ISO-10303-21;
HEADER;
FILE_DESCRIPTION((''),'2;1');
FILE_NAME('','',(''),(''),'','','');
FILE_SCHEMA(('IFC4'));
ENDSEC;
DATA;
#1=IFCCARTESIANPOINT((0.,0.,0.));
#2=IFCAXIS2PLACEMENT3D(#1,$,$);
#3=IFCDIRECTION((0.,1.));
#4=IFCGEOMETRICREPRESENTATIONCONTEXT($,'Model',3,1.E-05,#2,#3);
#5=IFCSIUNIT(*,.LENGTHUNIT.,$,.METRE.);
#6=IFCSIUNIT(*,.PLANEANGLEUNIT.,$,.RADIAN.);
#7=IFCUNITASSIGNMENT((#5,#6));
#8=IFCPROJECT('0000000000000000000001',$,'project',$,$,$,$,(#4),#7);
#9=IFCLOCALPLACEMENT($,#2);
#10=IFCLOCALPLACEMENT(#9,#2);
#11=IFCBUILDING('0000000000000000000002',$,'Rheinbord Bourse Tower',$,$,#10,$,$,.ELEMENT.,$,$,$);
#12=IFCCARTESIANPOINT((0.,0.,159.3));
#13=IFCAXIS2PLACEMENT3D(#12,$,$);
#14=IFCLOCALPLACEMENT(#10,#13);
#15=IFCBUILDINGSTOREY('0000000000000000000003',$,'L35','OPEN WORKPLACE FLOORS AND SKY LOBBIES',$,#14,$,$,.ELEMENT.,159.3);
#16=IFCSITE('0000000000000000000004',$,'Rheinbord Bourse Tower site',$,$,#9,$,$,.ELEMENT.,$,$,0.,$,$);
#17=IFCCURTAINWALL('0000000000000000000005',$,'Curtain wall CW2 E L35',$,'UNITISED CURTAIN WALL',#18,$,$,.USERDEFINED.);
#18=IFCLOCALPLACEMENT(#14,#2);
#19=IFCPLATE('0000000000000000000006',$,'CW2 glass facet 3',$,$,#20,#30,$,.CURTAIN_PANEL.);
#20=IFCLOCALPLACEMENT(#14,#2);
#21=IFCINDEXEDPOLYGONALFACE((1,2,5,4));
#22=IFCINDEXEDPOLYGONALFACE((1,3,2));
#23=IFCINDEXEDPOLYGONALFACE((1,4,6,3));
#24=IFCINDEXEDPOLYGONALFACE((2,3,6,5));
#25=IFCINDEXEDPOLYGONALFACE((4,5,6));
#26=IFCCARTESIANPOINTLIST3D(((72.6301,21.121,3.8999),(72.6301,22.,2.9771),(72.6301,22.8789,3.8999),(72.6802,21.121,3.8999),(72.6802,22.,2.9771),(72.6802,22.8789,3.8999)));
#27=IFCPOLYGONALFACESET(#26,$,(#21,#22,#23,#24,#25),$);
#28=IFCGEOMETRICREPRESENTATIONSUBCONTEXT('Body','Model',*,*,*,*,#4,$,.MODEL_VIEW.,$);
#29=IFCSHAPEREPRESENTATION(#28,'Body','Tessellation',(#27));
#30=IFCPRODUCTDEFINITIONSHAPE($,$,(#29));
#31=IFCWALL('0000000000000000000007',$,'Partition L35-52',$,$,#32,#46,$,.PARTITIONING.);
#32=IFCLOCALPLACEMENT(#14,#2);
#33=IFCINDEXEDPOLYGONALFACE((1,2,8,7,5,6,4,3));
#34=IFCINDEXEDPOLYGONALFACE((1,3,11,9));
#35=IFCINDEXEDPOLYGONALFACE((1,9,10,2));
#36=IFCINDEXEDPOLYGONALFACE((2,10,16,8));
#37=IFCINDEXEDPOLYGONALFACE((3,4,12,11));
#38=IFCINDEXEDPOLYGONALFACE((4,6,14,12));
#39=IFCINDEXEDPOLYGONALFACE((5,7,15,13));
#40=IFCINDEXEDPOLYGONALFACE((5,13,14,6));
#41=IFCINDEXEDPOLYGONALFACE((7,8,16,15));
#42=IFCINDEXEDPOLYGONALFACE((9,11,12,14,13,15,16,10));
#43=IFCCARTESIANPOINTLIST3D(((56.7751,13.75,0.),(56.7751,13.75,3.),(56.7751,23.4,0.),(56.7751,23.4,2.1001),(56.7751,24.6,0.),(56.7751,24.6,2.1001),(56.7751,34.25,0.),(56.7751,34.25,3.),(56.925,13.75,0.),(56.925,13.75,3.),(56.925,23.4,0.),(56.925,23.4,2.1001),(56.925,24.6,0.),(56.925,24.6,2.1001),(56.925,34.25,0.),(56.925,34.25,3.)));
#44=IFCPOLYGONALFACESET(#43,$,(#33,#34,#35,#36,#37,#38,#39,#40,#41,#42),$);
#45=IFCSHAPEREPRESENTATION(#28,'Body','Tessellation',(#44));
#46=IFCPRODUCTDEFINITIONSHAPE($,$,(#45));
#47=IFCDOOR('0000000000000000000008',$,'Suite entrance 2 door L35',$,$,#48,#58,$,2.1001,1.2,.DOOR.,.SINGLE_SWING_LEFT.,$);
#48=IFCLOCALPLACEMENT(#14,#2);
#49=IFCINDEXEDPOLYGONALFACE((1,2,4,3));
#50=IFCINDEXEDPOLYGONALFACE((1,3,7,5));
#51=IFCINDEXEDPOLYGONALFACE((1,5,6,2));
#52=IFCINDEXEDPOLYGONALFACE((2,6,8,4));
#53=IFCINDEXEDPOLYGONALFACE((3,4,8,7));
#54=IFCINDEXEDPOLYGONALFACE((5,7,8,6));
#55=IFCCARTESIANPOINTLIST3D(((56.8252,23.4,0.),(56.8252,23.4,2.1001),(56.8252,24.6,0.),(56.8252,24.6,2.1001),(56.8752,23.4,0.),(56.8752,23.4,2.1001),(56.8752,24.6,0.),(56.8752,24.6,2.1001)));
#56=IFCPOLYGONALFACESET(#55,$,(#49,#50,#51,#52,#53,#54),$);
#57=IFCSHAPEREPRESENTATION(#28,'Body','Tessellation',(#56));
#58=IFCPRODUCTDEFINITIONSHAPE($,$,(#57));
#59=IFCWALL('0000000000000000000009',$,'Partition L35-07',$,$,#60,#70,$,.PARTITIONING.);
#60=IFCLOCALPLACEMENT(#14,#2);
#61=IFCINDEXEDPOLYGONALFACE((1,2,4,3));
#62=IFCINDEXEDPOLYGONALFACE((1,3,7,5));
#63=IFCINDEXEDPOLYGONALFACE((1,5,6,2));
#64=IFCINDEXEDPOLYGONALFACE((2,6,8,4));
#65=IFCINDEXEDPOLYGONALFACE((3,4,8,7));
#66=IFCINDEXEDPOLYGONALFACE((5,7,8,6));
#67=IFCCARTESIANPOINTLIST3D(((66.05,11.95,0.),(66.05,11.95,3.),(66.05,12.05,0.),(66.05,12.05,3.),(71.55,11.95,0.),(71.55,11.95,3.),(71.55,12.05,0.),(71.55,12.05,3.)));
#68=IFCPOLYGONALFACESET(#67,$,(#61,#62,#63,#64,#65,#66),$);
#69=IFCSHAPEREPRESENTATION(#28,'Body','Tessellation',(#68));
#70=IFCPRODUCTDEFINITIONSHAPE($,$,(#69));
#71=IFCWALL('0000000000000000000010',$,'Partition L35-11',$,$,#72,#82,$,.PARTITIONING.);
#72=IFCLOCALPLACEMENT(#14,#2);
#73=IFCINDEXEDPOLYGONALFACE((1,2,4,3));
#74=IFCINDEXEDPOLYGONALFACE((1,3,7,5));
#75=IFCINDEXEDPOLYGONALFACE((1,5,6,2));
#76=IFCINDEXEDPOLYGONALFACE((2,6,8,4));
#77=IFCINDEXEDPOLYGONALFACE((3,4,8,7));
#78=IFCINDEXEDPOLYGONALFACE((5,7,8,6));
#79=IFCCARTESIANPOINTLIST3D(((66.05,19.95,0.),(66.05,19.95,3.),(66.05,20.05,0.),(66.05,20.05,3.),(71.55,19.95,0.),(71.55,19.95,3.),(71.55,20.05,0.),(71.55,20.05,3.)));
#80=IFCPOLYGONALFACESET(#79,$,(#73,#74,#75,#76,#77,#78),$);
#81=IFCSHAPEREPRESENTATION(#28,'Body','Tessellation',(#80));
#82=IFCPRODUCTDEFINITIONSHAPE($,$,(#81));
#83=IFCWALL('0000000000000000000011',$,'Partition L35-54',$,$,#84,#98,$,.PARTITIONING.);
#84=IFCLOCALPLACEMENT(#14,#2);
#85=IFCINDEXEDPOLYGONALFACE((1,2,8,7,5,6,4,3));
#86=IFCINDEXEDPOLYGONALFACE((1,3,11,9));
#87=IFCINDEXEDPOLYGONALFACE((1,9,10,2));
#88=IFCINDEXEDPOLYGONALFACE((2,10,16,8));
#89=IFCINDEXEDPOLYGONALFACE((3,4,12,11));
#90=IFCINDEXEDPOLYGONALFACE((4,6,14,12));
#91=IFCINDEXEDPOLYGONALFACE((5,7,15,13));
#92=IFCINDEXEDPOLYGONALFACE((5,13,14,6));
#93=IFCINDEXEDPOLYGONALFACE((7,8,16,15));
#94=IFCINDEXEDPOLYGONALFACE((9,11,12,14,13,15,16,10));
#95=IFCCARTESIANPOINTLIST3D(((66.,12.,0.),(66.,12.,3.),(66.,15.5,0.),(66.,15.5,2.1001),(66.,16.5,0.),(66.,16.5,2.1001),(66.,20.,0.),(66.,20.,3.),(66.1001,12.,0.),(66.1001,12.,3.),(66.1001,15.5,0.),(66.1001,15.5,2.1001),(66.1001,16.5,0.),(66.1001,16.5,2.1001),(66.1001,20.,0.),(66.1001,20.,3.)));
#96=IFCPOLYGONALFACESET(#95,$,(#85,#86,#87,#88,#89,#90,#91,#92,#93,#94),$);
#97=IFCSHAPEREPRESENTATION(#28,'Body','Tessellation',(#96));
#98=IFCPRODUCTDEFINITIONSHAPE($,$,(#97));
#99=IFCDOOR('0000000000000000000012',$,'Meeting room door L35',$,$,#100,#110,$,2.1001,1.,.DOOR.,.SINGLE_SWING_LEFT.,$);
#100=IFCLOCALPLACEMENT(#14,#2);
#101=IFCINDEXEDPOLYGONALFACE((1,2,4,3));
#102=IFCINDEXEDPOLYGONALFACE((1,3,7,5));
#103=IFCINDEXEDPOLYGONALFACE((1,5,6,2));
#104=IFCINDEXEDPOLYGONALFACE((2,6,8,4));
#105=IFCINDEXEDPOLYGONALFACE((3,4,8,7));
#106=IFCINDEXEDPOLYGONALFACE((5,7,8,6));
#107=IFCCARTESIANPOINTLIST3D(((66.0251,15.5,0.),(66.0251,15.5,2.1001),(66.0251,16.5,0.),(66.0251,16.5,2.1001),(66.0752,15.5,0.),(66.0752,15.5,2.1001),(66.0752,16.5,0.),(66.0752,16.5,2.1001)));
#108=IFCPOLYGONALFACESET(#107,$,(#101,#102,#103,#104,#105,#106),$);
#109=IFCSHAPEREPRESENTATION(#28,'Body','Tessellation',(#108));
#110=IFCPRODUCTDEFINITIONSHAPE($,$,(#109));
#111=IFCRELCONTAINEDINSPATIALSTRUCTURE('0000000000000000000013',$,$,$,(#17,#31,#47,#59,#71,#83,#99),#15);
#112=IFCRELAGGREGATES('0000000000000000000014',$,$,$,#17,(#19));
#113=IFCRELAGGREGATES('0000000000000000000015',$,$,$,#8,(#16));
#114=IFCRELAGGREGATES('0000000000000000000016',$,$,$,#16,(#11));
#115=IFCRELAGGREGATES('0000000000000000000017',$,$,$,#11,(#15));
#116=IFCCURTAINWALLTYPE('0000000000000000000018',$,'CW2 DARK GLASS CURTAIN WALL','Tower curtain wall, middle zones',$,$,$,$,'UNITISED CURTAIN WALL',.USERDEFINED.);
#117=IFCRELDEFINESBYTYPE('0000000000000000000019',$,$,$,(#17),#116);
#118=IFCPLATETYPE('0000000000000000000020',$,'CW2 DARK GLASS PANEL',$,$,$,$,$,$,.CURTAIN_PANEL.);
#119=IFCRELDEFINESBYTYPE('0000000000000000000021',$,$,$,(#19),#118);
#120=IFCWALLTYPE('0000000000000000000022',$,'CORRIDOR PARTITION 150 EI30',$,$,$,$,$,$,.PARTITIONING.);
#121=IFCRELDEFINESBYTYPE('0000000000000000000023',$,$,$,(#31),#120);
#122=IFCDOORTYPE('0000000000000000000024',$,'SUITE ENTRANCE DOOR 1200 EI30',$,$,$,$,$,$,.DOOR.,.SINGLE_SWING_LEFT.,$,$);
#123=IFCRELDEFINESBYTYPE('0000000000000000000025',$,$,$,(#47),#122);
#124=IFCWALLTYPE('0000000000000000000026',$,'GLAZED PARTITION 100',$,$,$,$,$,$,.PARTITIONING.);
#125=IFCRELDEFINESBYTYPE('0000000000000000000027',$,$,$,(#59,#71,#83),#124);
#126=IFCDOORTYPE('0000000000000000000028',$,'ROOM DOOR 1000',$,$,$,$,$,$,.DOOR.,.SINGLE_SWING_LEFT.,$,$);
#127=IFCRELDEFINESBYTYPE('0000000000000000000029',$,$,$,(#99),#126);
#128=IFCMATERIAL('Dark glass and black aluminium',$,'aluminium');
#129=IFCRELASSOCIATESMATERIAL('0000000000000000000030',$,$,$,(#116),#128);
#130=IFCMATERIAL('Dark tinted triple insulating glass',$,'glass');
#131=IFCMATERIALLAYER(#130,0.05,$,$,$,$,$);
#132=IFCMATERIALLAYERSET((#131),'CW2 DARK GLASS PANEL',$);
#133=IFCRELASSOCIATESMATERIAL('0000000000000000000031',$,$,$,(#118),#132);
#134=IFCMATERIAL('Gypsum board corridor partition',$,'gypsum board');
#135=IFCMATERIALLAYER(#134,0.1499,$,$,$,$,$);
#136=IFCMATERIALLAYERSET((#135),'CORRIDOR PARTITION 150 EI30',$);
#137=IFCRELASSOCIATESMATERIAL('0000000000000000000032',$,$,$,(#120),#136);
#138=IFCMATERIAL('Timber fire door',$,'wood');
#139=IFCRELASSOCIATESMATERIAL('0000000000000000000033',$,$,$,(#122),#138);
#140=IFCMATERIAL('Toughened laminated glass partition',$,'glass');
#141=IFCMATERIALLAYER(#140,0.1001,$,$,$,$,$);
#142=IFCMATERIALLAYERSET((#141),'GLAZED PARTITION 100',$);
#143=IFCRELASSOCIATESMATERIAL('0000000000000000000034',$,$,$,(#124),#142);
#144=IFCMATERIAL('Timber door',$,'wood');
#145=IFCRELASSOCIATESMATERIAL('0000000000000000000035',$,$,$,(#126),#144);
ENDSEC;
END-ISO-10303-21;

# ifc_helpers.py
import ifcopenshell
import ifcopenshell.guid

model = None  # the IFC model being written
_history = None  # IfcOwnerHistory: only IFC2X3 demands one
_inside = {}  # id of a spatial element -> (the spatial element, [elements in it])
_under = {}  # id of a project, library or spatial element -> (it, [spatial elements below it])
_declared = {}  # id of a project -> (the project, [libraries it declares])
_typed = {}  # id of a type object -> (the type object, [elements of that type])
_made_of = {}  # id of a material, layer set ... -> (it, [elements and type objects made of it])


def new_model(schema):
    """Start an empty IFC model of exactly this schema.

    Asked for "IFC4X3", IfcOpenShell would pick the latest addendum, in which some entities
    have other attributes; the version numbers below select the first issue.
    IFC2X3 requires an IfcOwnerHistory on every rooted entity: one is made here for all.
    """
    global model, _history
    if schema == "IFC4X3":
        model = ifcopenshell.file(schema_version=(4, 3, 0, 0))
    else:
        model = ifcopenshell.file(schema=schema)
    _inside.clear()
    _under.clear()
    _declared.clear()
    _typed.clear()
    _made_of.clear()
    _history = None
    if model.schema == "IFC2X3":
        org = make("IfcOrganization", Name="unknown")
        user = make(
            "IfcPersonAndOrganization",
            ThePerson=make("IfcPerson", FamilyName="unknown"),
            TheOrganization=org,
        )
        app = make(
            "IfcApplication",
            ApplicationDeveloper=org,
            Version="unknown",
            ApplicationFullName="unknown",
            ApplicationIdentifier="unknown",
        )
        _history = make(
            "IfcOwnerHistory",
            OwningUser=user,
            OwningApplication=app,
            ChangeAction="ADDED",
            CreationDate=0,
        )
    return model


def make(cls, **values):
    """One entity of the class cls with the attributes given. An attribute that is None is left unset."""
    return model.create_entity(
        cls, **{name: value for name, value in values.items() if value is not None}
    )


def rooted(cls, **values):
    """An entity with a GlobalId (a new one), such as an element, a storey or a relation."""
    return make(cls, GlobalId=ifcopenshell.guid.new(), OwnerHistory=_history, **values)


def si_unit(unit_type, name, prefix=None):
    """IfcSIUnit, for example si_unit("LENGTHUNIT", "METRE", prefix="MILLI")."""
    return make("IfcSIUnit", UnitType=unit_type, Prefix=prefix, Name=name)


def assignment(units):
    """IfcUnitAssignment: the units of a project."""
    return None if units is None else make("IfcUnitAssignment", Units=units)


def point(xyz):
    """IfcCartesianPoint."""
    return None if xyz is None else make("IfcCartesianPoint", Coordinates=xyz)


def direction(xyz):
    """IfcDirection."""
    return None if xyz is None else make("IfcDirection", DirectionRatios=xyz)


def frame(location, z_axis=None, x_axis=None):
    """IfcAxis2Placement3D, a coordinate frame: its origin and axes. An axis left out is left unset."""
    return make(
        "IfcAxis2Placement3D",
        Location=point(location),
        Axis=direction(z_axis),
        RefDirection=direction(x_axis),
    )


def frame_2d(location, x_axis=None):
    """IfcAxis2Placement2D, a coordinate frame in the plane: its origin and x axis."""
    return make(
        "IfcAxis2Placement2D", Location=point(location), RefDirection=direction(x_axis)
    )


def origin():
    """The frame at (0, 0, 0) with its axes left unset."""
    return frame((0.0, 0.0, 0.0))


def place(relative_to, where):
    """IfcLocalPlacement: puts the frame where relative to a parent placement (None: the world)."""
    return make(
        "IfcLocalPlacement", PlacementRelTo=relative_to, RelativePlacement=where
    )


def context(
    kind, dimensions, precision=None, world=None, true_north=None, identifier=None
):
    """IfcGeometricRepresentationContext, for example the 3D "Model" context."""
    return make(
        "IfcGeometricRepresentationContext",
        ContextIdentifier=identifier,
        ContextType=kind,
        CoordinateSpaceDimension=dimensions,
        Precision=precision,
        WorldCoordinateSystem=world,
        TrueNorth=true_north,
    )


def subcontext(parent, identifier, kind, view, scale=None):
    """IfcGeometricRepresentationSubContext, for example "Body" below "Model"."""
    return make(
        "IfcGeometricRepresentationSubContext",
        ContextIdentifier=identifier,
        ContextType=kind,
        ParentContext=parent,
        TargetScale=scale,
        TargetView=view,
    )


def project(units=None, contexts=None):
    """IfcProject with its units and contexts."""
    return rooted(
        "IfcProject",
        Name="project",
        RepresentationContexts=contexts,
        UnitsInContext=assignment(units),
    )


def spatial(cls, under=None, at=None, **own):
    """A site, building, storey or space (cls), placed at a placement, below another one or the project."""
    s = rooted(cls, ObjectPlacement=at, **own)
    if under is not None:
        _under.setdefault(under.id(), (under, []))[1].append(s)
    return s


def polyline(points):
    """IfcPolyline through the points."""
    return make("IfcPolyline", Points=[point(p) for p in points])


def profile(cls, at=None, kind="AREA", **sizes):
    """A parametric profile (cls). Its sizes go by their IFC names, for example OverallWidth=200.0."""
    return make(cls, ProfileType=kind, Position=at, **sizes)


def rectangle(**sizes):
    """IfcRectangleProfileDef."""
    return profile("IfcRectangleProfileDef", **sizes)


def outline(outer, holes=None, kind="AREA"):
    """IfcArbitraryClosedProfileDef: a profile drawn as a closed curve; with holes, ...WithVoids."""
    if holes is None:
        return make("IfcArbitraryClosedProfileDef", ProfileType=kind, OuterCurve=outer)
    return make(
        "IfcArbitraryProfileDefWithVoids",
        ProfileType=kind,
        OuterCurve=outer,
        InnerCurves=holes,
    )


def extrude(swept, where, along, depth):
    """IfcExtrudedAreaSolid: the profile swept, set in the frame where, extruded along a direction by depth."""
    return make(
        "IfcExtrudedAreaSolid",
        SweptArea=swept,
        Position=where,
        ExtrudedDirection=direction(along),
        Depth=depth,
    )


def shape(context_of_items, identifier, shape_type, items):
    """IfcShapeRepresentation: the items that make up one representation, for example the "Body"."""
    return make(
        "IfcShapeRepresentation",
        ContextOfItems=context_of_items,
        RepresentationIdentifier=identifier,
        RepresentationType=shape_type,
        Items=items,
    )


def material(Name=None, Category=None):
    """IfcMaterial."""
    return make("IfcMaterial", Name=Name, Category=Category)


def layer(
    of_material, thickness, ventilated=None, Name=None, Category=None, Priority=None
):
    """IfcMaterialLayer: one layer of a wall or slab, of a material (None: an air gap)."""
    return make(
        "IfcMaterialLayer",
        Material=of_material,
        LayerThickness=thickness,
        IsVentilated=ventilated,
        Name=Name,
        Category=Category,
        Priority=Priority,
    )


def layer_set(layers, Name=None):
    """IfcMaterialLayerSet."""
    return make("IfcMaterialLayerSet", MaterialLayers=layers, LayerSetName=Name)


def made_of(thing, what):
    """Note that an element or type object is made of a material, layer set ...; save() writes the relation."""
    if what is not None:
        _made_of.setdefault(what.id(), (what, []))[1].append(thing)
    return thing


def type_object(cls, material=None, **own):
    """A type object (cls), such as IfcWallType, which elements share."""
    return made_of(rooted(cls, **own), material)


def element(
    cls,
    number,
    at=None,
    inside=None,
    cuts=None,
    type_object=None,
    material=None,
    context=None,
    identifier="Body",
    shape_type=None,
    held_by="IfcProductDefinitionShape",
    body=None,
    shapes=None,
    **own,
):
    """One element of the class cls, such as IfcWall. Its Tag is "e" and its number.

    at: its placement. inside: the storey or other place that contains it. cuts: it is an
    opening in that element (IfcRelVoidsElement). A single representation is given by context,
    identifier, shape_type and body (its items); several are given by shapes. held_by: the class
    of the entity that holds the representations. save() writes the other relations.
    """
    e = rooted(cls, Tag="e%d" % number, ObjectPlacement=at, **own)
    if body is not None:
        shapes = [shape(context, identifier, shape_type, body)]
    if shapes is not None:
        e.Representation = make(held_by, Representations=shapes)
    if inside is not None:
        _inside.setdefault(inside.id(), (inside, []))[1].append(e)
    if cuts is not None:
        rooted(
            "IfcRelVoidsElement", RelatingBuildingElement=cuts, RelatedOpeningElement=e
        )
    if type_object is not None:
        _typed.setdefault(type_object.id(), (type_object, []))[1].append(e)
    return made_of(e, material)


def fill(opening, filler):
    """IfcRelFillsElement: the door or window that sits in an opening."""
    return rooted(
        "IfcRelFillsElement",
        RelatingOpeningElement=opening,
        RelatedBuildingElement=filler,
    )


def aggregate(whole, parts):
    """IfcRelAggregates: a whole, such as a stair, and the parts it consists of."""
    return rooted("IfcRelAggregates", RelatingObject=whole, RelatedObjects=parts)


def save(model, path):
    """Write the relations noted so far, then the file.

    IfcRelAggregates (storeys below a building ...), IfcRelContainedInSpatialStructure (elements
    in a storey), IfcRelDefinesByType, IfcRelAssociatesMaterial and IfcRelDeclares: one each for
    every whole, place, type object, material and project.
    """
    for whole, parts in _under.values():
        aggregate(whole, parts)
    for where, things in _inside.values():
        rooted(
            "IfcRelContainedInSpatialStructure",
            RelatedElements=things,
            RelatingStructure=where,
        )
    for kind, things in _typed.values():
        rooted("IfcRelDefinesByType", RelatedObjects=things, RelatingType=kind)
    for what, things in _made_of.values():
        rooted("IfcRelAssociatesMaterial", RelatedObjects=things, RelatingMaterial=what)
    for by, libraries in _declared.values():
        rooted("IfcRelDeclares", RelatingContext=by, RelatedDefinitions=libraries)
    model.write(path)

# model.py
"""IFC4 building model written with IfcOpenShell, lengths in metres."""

from ifc_helpers import new_model, si_unit, direction, frame, frame_2d, origin, place, context, subcontext, project, spatial, polyline, rectangle, outline, extrude, material, layer, layer_set, type_object, element, fill, aggregate, save


model = new_model("IFC4")

# Units and contexts
model_context = context("Model", 3, precision=1e-05, world=origin(), true_north=direction((0.0, 1.0)))
body_context = subcontext(model_context, "Body", "Model", "MODEL_VIEW")
ifc_project = project(units=[si_unit("LENGTHUNIT", "METRE"), si_unit("PLANEANGLEUNIT", "RADIAN")], contexts=[model_context])

# Site, building, storey
site_placement = place(None, origin())
site = spatial("IfcSite", under=ifc_project, at=site_placement, Name="Rheinbord Bourse Tower site", CompositionType="ELEMENT", RefElevation=0.0)
building_placement = place(site_placement, origin())
building = spatial("IfcBuilding", under=site, at=building_placement, Name="Rheinbord Bourse Tower", CompositionType="ELEMENT")
storey_placement = place(building_placement, frame((0.0, 0.0, 159.3)))
storey = spatial("IfcBuildingStorey", under=building, at=storey_placement, Name="L35", Description="OPEN WORKPLACE FLOORS AND SKY LOBBIES", CompositionType="ELEMENT", Elevation=159.3)

# Curtain wall
ifc_material_1 = material(Name="Dark glass and black aluminium", Category="aluminium")
curtain_wall_type = type_object("IfcCurtainWallType", Name="CW2 DARK GLASS CURTAIN WALL", Description="Tower curtain wall, middle zones", ElementType="UNITISED CURTAIN WALL", PredefinedType="USERDEFINED", material=ifc_material_1)
curtain_wall_placement = place(storey_placement, origin())
curtain_wall = element("IfcCurtainWall", 1, at=curtain_wall_placement, inside=storey, type_object=curtain_wall_type, Name="Curtain wall CW2 E L35", ObjectType="UNITISED CURTAIN WALL", PredefinedType="USERDEFINED")

# Plate
ifc_material_2 = material(Name="Dark tinted triple insulating glass", Category="glass")
ifc_layer_1 = layer(ifc_material_2, 0.05)
ifc_layer_set_1 = layer_set([ifc_layer_1], Name="CW2 DARK GLASS PANEL")
plate_type = type_object("IfcPlateType", Name="CW2 DARK GLASS PANEL", PredefinedType="CURTAIN_PANEL", material=ifc_layer_set_1)
plate_1_placement = place(storey_placement, frame((72.6802, 22.8789, 3.8999), z_axis=(-1.0, 0.0, 0.0), x_axis=(0.0, -0.689655, -0.724138)))
plate_1 = element("IfcPlate", 2, at=plate_1_placement, type_object=plate_type, Name="CW2 glass facet 3", PredefinedType="CURTAIN_PANEL", context=body_context, shape_type="SweptSolid", body=[
    extrude(outline(polyline([(0.0, 0.0), (1.2744, 0.0), (1.2124, 1.2729), (0.0, 0.0)])), origin(), (0.0, 0.0, 1.0), 0.05),
])
aggregate(curtain_wall, [plate_1])

# Wall, opening, door
ifc_material_3 = material(Name="Gypsum board corridor partition", Category="gypsum board")
ifc_layer_2 = layer(ifc_material_3, 0.1499)
ifc_layer_set_2 = layer_set([ifc_layer_2], Name="CORRIDOR PARTITION 150 EI30")
wall_type_1 = type_object("IfcWallType", Name="CORRIDOR PARTITION 150 EI30", PredefinedType="PARTITIONING", material=ifc_layer_set_2)
wall_1_placement = place(storey_placement, frame((56.8501, 13.75, 0.0), z_axis=(0.0, 0.0, 1.0), x_axis=(0.0, 1.0, 0.0)))
wall_1 = element("IfcWall", 3, at=wall_1_placement, inside=storey, type_object=wall_type_1, Name="Partition L35-52", PredefinedType="PARTITIONING", context=body_context, shape_type="SweptSolid", body=[
    extrude(rectangle(XDim=20.5, YDim=0.1499, at=frame_2d((10.25, 0.0))), origin(), (0.0, 0.0, 1.0), 3.0),
])
opening_1_placement = place(wall_1_placement, frame((9.6499, 0.0, 0.0)))
opening_1 = element("IfcOpeningElement", 4, at=opening_1_placement, cuts=wall_1, PredefinedType="OPENING", context=body_context, shape_type="SweptSolid", body=[
    extrude(rectangle(XDim=1.2, YDim=2.1001, at=frame_2d((0.6001, 1.05))), frame((0.0, 0.085, 0.0), z_axis=(0.0, -1.0, 0.0), x_axis=(1.0, 0.0, 0.0)), (0.0, 0.0, 1.0), 0.1699),
])
ifc_material_4 = material(Name="Timber fire door", Category="wood")
door_type_1 = type_object("IfcDoorType", Name="SUITE ENTRANCE DOOR 1200 EI30", OperationType="SINGLE_SWING_LEFT", PredefinedType="DOOR", material=ifc_material_4)
door_1_placement = place(opening_1_placement, origin())
door_1 = element("IfcDoor", 5, at=door_1_placement, inside=storey, type_object=door_type_1, Name="Suite entrance 2 door L35", OperationType="SINGLE_SWING_LEFT", OverallHeight=2.1001, OverallWidth=1.2, PredefinedType="DOOR", context=body_context, shape_type="SweptSolid", body=[
    extrude(rectangle(XDim=1.2, YDim=2.1001, at=frame_2d((0.6001, 1.05))), frame((0.0, 0.0249, 0.0), z_axis=(0.0, -1.0, 0.0), x_axis=(1.0, 0.0, 0.0)), (0.0, 0.0, 1.0), 0.05),
])
fill(opening_1, door_1)

# Walls
ifc_material_5 = material(Name="Toughened laminated glass partition", Category="glass")
ifc_layer_3 = layer(ifc_material_5, 0.1001)
ifc_layer_set_3 = layer_set([ifc_layer_3], Name="GLAZED PARTITION 100")
wall_type_2 = type_object("IfcWallType", Name="GLAZED PARTITION 100", PredefinedType="PARTITIONING", material=ifc_layer_set_3)
for number, where, z_axis, x_axis, name in (
    (6, (66.05, 12.0, 0.0), (0.0, 0.0, 1.0), (1.0, 0.0, 0.0), "Partition L35-07"),
    (7, (66.05, 20.0, 0.0), (0.0, 0.0, 1.0), (1.0, 0.0, 0.0), "Partition L35-11"),
):
    element("IfcWall", number, at=place(storey_placement, frame(where, z_axis=z_axis, x_axis=x_axis)), inside=storey, type_object=wall_type_2, Name=name, PredefinedType="PARTITIONING", context=body_context, shape_type="SweptSolid", body=[
        extrude(rectangle(XDim=5.5, YDim=0.1001, at=frame_2d((2.75, 0.0))), origin(), (0.0, 0.0, 1.0), 3.0),
    ])

# Wall, opening, door
wall_2_placement = place(storey_placement, frame((66.05, 12.0, 0.0), z_axis=(0.0, 0.0, 1.0), x_axis=(0.0, 1.0, 0.0)))
wall_2 = element("IfcWall", 8, at=wall_2_placement, inside=storey, type_object=wall_type_2, Name="Partition L35-54", PredefinedType="PARTITIONING", context=body_context, shape_type="SweptSolid", body=[
    extrude(rectangle(XDim=8.0, YDim=0.1001, at=frame_2d((4.0, 0.0))), origin(), (0.0, 0.0, 1.0), 3.0),
])
opening_2_placement = place(wall_2_placement, frame((3.5, 0.0, 0.0)))
opening_2 = element("IfcOpeningElement", 9, at=opening_2_placement, cuts=wall_2, PredefinedType="OPENING", context=body_context, shape_type="SweptSolid", body=[
    extrude(rectangle(XDim=1.0, YDim=2.1001, at=frame_2d((0.5, 1.05))), frame((0.0, 0.0601, 0.0), z_axis=(0.0, -1.0, 0.0), x_axis=(1.0, 0.0, 0.0)), (0.0, 0.0, 1.0), 0.1201),
])
ifc_material_6 = material(Name="Timber door", Category="wood")
door_type_2 = type_object("IfcDoorType", Name="ROOM DOOR 1000", OperationType="SINGLE_SWING_LEFT", PredefinedType="DOOR", material=ifc_material_6)
door_2_placement = place(opening_2_placement, origin())
door_2 = element("IfcDoor", 10, at=door_2_placement, inside=storey, type_object=door_type_2, Name="Meeting room door L35", OperationType="SINGLE_SWING_LEFT", OverallHeight=2.1001, OverallWidth=1.0, PredefinedType="DOOR", context=body_context, shape_type="SweptSolid", body=[
    extrude(rectangle(XDim=1.0, YDim=2.1001, at=frame_2d((0.5, 1.05))), frame((0.0, 0.0249, 0.0), z_axis=(0.0, -1.0, 0.0), x_axis=(1.0, 0.0, 0.0)), (0.0, 0.0, 1.0), 0.05),
])
fill(opening_2, door_2)

save(model, "model.ifc")
